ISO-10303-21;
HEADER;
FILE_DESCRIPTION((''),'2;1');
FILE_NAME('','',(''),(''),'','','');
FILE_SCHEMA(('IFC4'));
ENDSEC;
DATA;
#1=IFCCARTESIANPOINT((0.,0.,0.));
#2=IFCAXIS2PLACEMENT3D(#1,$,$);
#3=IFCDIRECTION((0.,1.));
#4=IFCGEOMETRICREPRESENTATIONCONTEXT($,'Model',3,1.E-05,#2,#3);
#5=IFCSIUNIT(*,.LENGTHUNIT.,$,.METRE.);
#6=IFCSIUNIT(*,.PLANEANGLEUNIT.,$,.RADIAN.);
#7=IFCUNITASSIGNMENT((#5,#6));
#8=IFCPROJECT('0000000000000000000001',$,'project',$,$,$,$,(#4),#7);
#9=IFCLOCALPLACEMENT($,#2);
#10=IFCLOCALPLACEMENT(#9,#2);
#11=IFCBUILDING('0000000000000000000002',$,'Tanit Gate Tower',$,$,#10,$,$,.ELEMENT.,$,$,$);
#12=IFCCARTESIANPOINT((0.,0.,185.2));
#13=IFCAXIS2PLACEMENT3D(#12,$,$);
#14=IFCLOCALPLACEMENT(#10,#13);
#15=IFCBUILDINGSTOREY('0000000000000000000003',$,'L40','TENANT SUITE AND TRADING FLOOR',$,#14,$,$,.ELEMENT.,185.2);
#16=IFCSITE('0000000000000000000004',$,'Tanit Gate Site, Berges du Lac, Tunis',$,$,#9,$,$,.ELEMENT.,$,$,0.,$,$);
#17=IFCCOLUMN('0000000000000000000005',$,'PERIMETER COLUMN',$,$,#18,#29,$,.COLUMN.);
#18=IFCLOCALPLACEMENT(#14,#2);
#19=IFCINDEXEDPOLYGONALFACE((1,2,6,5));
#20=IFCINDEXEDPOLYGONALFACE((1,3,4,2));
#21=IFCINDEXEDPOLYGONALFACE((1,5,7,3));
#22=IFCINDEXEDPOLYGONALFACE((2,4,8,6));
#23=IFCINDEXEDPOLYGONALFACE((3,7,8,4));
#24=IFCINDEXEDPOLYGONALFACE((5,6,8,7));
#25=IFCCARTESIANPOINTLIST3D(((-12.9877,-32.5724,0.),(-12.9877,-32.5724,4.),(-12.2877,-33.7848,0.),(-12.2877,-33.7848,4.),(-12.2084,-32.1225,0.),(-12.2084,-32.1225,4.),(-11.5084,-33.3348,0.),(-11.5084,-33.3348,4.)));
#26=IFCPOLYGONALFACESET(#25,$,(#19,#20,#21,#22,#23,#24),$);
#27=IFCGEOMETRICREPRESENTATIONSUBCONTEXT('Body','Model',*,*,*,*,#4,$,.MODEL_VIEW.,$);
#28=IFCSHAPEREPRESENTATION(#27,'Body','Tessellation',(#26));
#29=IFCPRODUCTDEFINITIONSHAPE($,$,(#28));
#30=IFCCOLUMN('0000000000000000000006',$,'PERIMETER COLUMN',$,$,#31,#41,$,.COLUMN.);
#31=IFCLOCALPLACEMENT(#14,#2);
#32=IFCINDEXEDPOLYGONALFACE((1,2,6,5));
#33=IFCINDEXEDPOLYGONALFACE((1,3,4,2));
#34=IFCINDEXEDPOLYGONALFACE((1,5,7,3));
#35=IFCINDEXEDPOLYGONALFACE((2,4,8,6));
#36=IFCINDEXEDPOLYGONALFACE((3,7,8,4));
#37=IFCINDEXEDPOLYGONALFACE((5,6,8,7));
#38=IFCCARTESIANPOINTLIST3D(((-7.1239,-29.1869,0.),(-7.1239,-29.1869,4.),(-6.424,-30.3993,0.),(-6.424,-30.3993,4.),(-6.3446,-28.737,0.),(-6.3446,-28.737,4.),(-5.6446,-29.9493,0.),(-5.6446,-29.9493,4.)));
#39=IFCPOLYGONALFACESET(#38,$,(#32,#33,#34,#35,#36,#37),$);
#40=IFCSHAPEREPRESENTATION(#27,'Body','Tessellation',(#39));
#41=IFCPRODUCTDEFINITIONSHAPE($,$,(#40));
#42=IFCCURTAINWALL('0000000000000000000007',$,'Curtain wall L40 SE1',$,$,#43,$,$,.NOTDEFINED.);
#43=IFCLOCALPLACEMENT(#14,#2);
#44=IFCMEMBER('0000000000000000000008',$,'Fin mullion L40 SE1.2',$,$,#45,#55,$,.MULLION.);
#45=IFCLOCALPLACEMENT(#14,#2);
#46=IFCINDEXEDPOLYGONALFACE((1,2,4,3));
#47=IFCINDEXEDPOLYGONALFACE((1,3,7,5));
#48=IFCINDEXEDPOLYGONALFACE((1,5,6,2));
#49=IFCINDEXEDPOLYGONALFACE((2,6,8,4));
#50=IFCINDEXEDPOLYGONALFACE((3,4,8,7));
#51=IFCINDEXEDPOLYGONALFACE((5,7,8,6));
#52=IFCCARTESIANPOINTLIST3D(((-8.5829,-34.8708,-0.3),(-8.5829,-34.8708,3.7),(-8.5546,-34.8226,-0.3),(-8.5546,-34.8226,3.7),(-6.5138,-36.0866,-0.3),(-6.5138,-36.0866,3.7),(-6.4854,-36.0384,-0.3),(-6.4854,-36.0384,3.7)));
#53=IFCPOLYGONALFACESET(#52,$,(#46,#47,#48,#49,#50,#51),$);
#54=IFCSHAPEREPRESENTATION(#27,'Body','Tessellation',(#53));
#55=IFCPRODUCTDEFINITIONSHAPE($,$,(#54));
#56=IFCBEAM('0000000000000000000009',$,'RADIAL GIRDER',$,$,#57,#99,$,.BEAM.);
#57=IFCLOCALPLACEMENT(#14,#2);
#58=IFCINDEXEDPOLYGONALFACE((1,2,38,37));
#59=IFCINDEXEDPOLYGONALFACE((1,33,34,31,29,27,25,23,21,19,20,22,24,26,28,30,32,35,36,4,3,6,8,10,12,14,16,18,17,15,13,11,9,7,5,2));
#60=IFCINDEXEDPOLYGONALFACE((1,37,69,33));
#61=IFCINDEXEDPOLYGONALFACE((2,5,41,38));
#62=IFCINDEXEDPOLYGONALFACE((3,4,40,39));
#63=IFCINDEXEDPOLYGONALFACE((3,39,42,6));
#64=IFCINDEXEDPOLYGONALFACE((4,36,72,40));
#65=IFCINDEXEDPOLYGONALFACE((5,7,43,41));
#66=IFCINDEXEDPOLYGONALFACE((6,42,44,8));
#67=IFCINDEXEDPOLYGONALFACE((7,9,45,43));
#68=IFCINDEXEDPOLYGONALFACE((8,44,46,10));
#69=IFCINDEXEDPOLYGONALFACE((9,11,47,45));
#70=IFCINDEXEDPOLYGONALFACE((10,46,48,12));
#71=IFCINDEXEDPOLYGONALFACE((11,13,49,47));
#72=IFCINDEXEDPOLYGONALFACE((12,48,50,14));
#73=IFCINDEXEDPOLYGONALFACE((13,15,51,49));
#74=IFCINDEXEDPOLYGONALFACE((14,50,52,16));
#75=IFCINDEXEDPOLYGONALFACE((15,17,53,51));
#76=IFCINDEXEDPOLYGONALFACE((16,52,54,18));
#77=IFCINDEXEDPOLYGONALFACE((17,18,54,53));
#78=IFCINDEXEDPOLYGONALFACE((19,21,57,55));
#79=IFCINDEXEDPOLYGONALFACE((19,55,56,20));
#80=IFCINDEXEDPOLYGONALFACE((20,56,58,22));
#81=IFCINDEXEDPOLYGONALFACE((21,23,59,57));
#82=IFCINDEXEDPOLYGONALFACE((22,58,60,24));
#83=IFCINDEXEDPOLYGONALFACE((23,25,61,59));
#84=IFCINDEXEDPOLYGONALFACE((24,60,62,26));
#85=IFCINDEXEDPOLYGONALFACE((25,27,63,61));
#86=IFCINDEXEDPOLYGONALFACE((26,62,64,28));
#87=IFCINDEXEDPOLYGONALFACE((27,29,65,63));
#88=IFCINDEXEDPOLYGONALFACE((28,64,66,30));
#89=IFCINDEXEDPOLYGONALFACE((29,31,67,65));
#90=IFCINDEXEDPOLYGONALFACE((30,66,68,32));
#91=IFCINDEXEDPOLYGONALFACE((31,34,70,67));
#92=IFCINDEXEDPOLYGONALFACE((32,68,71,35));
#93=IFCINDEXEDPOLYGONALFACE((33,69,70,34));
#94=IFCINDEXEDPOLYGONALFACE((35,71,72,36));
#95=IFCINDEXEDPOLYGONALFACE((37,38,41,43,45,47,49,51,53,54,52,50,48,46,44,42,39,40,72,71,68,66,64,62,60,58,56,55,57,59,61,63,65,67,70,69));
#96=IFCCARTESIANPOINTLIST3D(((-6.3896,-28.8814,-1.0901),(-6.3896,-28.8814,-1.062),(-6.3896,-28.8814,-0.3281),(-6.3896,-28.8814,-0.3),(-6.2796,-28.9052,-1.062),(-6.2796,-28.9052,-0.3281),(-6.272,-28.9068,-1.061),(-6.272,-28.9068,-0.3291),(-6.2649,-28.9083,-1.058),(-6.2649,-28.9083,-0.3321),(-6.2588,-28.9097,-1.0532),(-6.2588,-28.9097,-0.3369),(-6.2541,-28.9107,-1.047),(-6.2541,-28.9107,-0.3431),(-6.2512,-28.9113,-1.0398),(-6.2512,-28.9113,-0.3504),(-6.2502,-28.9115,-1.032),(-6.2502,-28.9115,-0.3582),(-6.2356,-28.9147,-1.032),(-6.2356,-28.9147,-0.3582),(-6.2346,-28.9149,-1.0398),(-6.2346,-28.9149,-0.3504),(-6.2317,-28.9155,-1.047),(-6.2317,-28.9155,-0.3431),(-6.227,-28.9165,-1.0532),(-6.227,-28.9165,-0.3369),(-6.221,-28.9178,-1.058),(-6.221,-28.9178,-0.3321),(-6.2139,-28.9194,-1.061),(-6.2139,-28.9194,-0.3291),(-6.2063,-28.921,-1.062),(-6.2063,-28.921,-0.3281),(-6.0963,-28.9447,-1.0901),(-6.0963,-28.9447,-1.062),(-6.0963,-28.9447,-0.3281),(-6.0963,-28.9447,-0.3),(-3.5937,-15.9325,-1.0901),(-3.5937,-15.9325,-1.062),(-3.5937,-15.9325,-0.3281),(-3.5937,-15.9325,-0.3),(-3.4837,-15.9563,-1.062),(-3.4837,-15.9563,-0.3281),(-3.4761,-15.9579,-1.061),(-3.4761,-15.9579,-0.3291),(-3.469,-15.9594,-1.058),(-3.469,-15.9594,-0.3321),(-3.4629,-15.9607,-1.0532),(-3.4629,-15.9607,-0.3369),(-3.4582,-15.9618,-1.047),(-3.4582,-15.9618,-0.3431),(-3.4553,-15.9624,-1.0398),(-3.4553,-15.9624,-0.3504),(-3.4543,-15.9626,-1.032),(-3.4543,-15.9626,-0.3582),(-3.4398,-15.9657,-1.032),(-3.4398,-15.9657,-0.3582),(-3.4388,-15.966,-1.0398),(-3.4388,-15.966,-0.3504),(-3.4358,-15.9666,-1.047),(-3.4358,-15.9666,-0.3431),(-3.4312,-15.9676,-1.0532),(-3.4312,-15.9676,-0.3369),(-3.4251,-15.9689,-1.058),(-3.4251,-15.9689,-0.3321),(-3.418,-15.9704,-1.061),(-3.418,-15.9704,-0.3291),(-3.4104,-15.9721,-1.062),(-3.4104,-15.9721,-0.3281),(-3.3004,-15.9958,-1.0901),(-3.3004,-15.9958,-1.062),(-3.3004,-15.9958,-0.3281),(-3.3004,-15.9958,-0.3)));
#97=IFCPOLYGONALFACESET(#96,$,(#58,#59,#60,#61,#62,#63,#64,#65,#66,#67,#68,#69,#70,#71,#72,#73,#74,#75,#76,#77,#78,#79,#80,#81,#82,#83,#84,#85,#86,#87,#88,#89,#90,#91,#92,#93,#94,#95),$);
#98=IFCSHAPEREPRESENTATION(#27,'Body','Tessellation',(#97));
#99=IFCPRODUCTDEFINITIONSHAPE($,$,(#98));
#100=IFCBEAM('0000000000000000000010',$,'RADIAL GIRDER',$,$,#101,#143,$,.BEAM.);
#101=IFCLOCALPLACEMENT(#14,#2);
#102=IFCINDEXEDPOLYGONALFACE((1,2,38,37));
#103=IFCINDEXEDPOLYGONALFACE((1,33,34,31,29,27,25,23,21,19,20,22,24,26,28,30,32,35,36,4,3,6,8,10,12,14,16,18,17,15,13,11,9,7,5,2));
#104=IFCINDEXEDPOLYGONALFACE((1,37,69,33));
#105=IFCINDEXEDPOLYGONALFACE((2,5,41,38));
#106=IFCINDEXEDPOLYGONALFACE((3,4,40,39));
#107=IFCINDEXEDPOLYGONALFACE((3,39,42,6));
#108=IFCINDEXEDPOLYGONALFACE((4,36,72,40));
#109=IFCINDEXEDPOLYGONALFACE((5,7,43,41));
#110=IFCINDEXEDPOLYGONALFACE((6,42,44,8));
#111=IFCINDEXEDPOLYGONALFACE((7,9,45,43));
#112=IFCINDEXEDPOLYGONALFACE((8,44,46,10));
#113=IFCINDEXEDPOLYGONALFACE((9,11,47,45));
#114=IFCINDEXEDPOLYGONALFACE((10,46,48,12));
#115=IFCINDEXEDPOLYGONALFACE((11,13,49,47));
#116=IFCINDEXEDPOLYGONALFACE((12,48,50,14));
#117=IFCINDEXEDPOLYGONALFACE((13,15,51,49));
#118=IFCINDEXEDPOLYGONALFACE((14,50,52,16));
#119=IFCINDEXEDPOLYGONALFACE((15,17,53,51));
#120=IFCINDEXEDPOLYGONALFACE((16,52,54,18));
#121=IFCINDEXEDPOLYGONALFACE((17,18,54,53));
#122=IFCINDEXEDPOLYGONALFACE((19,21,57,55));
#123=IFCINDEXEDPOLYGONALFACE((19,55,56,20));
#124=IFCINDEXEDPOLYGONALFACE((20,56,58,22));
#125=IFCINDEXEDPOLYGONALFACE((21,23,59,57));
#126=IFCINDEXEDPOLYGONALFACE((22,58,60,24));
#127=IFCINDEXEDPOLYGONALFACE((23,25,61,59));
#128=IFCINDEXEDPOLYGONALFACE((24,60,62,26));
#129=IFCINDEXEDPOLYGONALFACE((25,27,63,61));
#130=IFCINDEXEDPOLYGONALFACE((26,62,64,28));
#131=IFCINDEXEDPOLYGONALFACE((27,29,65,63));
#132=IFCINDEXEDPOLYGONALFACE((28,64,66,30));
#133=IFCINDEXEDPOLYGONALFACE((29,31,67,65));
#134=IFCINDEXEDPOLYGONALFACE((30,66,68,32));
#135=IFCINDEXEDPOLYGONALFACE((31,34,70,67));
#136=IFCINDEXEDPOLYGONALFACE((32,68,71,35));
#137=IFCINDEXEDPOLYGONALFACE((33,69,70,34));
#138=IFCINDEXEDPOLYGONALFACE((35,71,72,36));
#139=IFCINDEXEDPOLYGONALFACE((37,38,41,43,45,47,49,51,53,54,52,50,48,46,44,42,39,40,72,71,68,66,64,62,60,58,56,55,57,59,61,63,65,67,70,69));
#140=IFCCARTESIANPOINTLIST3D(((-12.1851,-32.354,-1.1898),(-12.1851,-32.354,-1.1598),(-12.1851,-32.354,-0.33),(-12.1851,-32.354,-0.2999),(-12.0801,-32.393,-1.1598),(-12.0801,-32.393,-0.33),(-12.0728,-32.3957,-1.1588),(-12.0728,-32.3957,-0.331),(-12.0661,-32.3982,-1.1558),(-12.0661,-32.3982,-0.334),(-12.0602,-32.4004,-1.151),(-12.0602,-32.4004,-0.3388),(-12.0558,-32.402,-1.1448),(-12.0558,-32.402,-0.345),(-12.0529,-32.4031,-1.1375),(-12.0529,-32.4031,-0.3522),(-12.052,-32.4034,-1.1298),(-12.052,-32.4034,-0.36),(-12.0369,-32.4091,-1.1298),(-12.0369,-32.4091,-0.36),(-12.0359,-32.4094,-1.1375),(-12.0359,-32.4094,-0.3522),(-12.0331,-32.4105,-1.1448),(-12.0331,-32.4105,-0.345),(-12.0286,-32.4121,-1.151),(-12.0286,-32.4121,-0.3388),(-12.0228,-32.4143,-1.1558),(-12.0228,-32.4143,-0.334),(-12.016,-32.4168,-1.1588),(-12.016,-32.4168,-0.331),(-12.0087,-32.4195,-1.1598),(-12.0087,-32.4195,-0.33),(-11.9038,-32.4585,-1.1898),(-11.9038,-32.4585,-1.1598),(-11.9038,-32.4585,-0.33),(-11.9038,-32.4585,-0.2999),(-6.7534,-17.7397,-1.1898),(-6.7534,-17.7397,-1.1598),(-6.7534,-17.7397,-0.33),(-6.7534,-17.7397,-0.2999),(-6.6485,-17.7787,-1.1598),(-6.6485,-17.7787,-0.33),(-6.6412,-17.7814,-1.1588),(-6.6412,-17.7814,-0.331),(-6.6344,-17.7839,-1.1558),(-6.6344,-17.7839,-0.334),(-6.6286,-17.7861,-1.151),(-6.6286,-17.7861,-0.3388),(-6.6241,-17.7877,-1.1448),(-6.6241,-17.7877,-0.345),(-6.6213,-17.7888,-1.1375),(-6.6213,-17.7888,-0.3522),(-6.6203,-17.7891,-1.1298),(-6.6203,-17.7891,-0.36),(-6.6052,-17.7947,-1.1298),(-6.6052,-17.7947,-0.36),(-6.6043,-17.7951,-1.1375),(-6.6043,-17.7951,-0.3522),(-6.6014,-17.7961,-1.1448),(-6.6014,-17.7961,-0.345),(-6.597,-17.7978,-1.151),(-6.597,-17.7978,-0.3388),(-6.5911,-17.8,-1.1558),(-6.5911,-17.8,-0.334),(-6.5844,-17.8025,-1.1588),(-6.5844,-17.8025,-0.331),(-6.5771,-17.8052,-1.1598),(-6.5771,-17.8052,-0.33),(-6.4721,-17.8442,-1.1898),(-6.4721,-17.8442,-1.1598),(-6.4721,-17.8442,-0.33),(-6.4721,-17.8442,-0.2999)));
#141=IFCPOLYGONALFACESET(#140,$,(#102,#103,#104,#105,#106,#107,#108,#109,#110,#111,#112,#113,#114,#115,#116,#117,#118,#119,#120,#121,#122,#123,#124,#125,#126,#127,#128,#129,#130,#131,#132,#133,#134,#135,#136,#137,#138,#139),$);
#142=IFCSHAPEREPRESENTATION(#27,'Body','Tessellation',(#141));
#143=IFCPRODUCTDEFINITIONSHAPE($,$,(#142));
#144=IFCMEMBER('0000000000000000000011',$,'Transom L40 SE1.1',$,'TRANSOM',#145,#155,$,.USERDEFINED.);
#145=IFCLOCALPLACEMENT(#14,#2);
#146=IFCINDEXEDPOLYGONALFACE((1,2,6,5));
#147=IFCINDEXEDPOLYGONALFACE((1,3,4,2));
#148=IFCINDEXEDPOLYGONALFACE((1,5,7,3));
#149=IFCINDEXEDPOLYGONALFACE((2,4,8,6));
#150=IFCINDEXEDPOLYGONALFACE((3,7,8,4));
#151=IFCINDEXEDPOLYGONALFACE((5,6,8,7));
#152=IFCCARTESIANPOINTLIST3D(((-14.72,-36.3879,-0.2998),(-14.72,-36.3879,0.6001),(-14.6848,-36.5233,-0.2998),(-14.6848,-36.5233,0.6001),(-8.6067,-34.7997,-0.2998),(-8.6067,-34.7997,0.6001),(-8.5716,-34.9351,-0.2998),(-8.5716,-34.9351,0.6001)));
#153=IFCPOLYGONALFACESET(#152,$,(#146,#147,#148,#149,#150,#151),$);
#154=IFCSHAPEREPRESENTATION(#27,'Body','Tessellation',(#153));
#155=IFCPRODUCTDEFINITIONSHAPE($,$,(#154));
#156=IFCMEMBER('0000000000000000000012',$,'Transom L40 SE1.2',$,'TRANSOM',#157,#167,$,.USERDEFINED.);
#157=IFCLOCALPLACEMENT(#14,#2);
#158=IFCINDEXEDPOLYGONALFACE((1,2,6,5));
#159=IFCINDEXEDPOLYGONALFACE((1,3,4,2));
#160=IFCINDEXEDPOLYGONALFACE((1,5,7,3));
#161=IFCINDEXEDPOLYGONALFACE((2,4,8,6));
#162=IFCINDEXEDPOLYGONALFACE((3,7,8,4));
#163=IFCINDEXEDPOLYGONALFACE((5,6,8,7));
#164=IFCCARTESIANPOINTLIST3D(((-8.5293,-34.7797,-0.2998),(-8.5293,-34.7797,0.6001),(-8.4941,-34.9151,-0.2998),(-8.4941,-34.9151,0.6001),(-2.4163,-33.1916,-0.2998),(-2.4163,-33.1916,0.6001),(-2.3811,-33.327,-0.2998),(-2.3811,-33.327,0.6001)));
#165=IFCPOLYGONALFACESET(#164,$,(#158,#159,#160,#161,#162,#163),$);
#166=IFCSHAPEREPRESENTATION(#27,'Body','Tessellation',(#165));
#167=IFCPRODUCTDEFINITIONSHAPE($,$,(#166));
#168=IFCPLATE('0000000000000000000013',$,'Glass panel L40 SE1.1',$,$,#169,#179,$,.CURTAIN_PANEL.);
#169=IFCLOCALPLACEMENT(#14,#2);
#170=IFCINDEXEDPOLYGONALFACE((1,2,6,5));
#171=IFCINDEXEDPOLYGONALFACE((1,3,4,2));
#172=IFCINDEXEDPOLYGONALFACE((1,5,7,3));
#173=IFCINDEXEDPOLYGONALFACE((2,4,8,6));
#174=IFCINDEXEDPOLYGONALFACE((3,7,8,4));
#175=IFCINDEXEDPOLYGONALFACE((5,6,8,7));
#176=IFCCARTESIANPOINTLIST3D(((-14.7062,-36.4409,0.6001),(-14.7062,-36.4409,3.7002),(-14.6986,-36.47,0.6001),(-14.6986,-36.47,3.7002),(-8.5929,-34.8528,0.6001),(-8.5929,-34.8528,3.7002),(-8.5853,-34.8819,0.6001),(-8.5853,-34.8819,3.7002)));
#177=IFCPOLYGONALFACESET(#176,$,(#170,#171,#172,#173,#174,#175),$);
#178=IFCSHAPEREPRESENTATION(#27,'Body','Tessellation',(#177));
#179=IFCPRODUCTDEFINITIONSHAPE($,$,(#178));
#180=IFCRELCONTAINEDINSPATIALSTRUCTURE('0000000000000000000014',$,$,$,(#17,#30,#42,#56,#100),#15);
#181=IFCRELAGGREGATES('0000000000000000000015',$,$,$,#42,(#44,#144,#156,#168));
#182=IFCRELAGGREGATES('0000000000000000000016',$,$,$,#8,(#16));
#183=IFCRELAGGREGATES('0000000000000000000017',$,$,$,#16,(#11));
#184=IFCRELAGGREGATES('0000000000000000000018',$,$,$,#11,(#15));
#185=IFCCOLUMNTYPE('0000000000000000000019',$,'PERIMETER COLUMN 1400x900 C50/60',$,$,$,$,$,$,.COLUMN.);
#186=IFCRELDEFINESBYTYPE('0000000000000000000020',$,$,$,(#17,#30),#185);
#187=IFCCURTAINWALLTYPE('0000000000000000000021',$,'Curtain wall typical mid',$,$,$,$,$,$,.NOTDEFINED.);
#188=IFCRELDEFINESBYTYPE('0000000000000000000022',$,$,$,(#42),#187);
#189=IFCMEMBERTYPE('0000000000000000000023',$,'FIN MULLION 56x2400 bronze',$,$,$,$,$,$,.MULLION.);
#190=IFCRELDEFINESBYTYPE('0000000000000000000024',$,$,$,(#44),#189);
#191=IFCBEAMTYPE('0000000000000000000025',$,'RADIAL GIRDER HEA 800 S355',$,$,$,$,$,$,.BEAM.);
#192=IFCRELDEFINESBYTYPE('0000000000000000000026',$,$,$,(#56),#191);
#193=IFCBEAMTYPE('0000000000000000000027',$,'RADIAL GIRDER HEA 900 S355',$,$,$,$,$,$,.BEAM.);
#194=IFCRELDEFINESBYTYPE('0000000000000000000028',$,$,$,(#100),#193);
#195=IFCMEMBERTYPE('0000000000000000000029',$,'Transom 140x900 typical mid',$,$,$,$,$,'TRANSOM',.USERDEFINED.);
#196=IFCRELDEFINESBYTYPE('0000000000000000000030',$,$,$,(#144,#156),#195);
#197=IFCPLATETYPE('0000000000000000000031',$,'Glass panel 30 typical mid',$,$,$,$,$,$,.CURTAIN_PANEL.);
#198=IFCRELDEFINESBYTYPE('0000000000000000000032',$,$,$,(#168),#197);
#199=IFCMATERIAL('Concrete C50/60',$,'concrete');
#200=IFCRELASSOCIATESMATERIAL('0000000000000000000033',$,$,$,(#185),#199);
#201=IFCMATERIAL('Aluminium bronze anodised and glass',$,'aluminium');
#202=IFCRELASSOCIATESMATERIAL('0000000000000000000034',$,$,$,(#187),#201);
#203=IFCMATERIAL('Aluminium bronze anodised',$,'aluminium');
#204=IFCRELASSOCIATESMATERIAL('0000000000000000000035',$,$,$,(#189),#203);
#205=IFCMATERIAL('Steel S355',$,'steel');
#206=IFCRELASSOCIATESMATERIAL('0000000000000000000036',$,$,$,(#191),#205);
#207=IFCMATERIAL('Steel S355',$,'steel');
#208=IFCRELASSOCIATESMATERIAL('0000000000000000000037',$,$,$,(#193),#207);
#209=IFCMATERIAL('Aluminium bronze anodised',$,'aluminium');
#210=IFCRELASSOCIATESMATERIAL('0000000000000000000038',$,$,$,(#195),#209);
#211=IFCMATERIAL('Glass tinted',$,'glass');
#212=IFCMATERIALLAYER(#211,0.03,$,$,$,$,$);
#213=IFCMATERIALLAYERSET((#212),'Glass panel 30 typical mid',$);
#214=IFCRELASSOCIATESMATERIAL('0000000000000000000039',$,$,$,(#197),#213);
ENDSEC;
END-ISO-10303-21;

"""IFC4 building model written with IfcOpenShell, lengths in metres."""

from ifc_helpers import new_model, si_unit, direction, frame, origin, origin_2d, place, context, subcontext, project, spatial, rectangle, i_section, extrude, material, layer, layer_set, material_profile, profile_set, type_object, element, aggregate, save


model = new_model("IFC4")

# Units and contexts
model_context = context("Model", 3, precision=1e-05, world=origin(), true_north=direction((0.0, 1.0)))
body_context = subcontext(model_context, "Body", "Model", "MODEL_VIEW")
ifc_project = project(units=[si_unit("LENGTHUNIT", "METRE"), si_unit("PLANEANGLEUNIT", "RADIAN")], contexts=[model_context])

# Site, building, storey
site_placement = place(None, origin())
site = spatial("IfcSite", under=ifc_project, at=site_placement, Name="Tanit Gate Site, Berges du Lac, Tunis", CompositionType="ELEMENT", RefElevation=0.0)
building_placement = place(site_placement, origin())
building = spatial("IfcBuilding", under=site, at=building_placement, Name="Tanit Gate Tower", CompositionType="ELEMENT")
storey_placement = place(building_placement, frame((0.0, 0.0, 185.2)))
storey = spatial("IfcBuildingStorey", under=building, at=storey_placement, Name="L40", Description="TENANT SUITE AND TRADING FLOOR", CompositionType="ELEMENT", Elevation=185.2)

# Columns
ifc_material_1 = material(Name="Concrete C50/60", Category="concrete")
ifc_material_profile_1 = material_profile(ifc_material_1, rectangle(XDim=1.3999, YDim=0.8999, at=origin_2d()), Name="RC 1400x900")
ifc_profile_set_1 = profile_set([ifc_material_profile_1], Name="Concrete C50/60")
column_type = type_object("IfcColumnType", Name="PERIMETER COLUMN 1400x900 C50/60", PredefinedType="COLUMN", material=ifc_profile_set_1)
for number, where, z_axis, x_axis, name in (
    (1, (-12.248, -32.9536, 0.0), (0.0, 0.0, 1.0), (0.5, -0.866025, 0.0), "PERIMETER COLUMN"),
    (2, (-6.3843, -29.5681, 0.0), (0.0, 0.0, 1.0), (0.5, -0.866025, 0.0), "PERIMETER COLUMN"),
):
    element("IfcColumn", number, at=place(storey_placement, frame(where, z_axis=z_axis, x_axis=x_axis)), inside=storey, type_object=column_type, Name=name, PredefinedType="COLUMN", context=body_context, shape_type="SweptSolid", body=[
        extrude(rectangle(XDim=1.3999, YDim=0.8999, at=origin_2d()), origin(), (0.0, 0.0, 1.0), 4.0),
    ])

# Curtain wall, member
ifc_material_2 = material(Name="Aluminium bronze anodised and glass", Category="aluminium")
curtain_wall_type = type_object("IfcCurtainWallType", Name="Curtain wall typical mid", PredefinedType="NOTDEFINED", material=ifc_material_2)
curtain_wall_placement = place(storey_placement, origin())
curtain_wall = element("IfcCurtainWall", 3, at=curtain_wall_placement, inside=storey, type_object=curtain_wall_type, Name="Curtain wall L40 SE1", PredefinedType="NOTDEFINED")
ifc_material_3 = material(Name="Aluminium bronze anodised", Category="aluminium")
ifc_material_profile_2 = material_profile(ifc_material_3, rectangle(XDim=2.3999, YDim=0.0559, at=origin_2d()), Name="56x2400 bronze fin mullion")
ifc_profile_set_2 = profile_set([ifc_material_profile_2], Name="Aluminium bronze anodised")
member_type_1 = type_object("IfcMemberType", Name="FIN MULLION 56x2400 bronze", PredefinedType="MULLION", material=ifc_profile_set_2)
member_1_placement = place(storey_placement, frame((-7.5342, -35.4546, -0.3), z_axis=(0.0, 0.0, 1.0), x_axis=(-0.86218, 0.506602, 0.0)))
member_1 = element("IfcMember", 4, at=member_1_placement, type_object=member_type_1, Name="Fin mullion L40 SE1.2", PredefinedType="MULLION", context=body_context, shape_type="SweptSolid", body=[
    extrude(rectangle(XDim=2.3999, YDim=0.0559, at=origin_2d()), origin(), (0.0, 0.0, 1.0), 4.0),
])

# Beams
ifc_material_4 = material(Name="Steel S355", Category="steel")
ifc_material_profile_3 = material_profile(ifc_material_4, i_section(OverallWidth=0.3, OverallDepth=0.79, WebThickness=0.0149, FlangeThickness=0.0281, FilletRadius=0.03, at=origin_2d()), Name="HEA 800")
ifc_profile_set_3 = profile_set([ifc_material_profile_3], Name="Steel S355")
beam_type_1 = type_object("IfcBeamType", Name="RADIAL GIRDER HEA 800 S355", PredefinedType="BEAM", material=ifc_profile_set_3)
beam_1_placement = place(storey_placement, frame((-6.2429, -28.9131, -0.6951), z_axis=(0.211053, 0.977475, 0.0), x_axis=(-0.977475, 0.211053, 0.0)))
element("IfcBeam", 5, at=beam_1_placement, inside=storey, type_object=beam_type_1, Name="RADIAL GIRDER", PredefinedType="BEAM", context=body_context, shape_type="SweptSolid", body=[
    extrude(i_section(OverallWidth=0.3, OverallDepth=0.79, WebThickness=0.0149, FlangeThickness=0.0281, FilletRadius=0.03, at=origin_2d()), origin(), (0.0, 0.0, 1.0), 13.2473),
])
ifc_material_5 = material(Name="Steel S355", Category="steel")
ifc_material_profile_4 = material_profile(ifc_material_5, i_section(OverallWidth=0.3, OverallDepth=0.8899, WebThickness=0.0161, FlangeThickness=0.03, FilletRadius=0.03, at=origin_2d()), Name="HEA 900")
ifc_profile_set_4 = profile_set([ifc_material_profile_4], Name="Steel S355")
beam_type_2 = type_object("IfcBeamType", Name="RADIAL GIRDER HEA 900 S355", PredefinedType="BEAM", material=ifc_profile_set_4)
beam_2_placement = place(storey_placement, frame((-12.0444, -32.4062, -0.7449), z_axis=(0.348383, 0.937352, 0.0), x_axis=(-0.937352, 0.348383, 0.0)))
element("IfcBeam", 6, at=beam_2_placement, inside=storey, type_object=beam_type_2, Name="RADIAL GIRDER", PredefinedType="BEAM", context=body_context, shape_type="SweptSolid", body=[
    extrude(i_section(OverallWidth=0.3, OverallDepth=0.8899, WebThickness=0.0161, FlangeThickness=0.03, FilletRadius=0.03, at=origin_2d()), origin(), (0.0, 0.0, 1.0), 15.5911),
])

# Members
ifc_material_6 = material(Name="Aluminium bronze anodised", Category="aluminium")
ifc_material_profile_5 = material_profile(ifc_material_6, rectangle(XDim=0.1399, YDim=0.8999, at=origin_2d()), Name="140x900 bronze transom")
ifc_profile_set_5 = profile_set([ifc_material_profile_5], Name="Aluminium bronze anodised")
member_type_2 = type_object("IfcMemberType", Name="Transom 140x900 typical mid", ElementType="TRANSOM", PredefinedType="USERDEFINED", material=ifc_profile_set_5)
member_2_placement = place(storey_placement, frame((-14.7024, -36.4556, 0.1501), z_axis=(0.967873, 0.251438, 0.0), x_axis=(-0.251438, 0.967873, 0.0)))
member_2 = element("IfcMember", 7, at=member_2_placement, type_object=member_type_2, Name="Transom L40 SE1.1", ObjectType="TRANSOM", PredefinedType="USERDEFINED", context=body_context, shape_type="SweptSolid", body=[
    extrude(rectangle(XDim=0.1399, YDim=0.8999, at=origin_2d()), origin(), (0.0, 0.0, 1.0), 6.3162),
])
member_3_placement = place(storey_placement, frame((-8.5117, -34.8474, 0.1501), z_axis=(0.967871, 0.251448, 0.0), x_axis=(-0.251448, 0.967871, 0.0)))
member_3 = element("IfcMember", 8, at=member_3_placement, type_object=member_type_2, Name="Transom L40 SE1.2", ObjectType="TRANSOM", PredefinedType="USERDEFINED", context=body_context, shape_type="SweptSolid", body=[
    extrude(rectangle(XDim=0.1399, YDim=0.8999, at=origin_2d()), origin(), (0.0, 0.0, 1.0), 6.3159),
])

# Plate
ifc_material_7 = material(Name="Glass tinted", Category="glass")
ifc_layer_1 = layer(ifc_material_7, 0.03)
ifc_layer_set_1 = layer_set([ifc_layer_1], Name="Glass panel 30 typical mid")
plate_type = type_object("IfcPlateType", Name="Glass panel 30 typical mid", PredefinedType="CURTAIN_PANEL", material=ifc_layer_set_1)
plate_1_placement = place(storey_placement, frame((-11.6458, -35.6614, 0.6001), z_axis=(0.0, 0.0, 1.0), x_axis=(0.967875, 0.251432, 0.0)))
plate_1 = element("IfcPlate", 9, at=plate_1_placement, type_object=plate_type, Name="Glass panel L40 SE1.1", PredefinedType="CURTAIN_PANEL", context=body_context, shape_type="SweptSolid", body=[
    extrude(rectangle(XDim=6.3162, YDim=0.03, at=origin_2d()), origin(), (0.0, 0.0, 1.0), 3.1001),
])
aggregate(curtain_wall, [member_1, member_2, member_3, plate_1])

save(model, "model.ifc")
